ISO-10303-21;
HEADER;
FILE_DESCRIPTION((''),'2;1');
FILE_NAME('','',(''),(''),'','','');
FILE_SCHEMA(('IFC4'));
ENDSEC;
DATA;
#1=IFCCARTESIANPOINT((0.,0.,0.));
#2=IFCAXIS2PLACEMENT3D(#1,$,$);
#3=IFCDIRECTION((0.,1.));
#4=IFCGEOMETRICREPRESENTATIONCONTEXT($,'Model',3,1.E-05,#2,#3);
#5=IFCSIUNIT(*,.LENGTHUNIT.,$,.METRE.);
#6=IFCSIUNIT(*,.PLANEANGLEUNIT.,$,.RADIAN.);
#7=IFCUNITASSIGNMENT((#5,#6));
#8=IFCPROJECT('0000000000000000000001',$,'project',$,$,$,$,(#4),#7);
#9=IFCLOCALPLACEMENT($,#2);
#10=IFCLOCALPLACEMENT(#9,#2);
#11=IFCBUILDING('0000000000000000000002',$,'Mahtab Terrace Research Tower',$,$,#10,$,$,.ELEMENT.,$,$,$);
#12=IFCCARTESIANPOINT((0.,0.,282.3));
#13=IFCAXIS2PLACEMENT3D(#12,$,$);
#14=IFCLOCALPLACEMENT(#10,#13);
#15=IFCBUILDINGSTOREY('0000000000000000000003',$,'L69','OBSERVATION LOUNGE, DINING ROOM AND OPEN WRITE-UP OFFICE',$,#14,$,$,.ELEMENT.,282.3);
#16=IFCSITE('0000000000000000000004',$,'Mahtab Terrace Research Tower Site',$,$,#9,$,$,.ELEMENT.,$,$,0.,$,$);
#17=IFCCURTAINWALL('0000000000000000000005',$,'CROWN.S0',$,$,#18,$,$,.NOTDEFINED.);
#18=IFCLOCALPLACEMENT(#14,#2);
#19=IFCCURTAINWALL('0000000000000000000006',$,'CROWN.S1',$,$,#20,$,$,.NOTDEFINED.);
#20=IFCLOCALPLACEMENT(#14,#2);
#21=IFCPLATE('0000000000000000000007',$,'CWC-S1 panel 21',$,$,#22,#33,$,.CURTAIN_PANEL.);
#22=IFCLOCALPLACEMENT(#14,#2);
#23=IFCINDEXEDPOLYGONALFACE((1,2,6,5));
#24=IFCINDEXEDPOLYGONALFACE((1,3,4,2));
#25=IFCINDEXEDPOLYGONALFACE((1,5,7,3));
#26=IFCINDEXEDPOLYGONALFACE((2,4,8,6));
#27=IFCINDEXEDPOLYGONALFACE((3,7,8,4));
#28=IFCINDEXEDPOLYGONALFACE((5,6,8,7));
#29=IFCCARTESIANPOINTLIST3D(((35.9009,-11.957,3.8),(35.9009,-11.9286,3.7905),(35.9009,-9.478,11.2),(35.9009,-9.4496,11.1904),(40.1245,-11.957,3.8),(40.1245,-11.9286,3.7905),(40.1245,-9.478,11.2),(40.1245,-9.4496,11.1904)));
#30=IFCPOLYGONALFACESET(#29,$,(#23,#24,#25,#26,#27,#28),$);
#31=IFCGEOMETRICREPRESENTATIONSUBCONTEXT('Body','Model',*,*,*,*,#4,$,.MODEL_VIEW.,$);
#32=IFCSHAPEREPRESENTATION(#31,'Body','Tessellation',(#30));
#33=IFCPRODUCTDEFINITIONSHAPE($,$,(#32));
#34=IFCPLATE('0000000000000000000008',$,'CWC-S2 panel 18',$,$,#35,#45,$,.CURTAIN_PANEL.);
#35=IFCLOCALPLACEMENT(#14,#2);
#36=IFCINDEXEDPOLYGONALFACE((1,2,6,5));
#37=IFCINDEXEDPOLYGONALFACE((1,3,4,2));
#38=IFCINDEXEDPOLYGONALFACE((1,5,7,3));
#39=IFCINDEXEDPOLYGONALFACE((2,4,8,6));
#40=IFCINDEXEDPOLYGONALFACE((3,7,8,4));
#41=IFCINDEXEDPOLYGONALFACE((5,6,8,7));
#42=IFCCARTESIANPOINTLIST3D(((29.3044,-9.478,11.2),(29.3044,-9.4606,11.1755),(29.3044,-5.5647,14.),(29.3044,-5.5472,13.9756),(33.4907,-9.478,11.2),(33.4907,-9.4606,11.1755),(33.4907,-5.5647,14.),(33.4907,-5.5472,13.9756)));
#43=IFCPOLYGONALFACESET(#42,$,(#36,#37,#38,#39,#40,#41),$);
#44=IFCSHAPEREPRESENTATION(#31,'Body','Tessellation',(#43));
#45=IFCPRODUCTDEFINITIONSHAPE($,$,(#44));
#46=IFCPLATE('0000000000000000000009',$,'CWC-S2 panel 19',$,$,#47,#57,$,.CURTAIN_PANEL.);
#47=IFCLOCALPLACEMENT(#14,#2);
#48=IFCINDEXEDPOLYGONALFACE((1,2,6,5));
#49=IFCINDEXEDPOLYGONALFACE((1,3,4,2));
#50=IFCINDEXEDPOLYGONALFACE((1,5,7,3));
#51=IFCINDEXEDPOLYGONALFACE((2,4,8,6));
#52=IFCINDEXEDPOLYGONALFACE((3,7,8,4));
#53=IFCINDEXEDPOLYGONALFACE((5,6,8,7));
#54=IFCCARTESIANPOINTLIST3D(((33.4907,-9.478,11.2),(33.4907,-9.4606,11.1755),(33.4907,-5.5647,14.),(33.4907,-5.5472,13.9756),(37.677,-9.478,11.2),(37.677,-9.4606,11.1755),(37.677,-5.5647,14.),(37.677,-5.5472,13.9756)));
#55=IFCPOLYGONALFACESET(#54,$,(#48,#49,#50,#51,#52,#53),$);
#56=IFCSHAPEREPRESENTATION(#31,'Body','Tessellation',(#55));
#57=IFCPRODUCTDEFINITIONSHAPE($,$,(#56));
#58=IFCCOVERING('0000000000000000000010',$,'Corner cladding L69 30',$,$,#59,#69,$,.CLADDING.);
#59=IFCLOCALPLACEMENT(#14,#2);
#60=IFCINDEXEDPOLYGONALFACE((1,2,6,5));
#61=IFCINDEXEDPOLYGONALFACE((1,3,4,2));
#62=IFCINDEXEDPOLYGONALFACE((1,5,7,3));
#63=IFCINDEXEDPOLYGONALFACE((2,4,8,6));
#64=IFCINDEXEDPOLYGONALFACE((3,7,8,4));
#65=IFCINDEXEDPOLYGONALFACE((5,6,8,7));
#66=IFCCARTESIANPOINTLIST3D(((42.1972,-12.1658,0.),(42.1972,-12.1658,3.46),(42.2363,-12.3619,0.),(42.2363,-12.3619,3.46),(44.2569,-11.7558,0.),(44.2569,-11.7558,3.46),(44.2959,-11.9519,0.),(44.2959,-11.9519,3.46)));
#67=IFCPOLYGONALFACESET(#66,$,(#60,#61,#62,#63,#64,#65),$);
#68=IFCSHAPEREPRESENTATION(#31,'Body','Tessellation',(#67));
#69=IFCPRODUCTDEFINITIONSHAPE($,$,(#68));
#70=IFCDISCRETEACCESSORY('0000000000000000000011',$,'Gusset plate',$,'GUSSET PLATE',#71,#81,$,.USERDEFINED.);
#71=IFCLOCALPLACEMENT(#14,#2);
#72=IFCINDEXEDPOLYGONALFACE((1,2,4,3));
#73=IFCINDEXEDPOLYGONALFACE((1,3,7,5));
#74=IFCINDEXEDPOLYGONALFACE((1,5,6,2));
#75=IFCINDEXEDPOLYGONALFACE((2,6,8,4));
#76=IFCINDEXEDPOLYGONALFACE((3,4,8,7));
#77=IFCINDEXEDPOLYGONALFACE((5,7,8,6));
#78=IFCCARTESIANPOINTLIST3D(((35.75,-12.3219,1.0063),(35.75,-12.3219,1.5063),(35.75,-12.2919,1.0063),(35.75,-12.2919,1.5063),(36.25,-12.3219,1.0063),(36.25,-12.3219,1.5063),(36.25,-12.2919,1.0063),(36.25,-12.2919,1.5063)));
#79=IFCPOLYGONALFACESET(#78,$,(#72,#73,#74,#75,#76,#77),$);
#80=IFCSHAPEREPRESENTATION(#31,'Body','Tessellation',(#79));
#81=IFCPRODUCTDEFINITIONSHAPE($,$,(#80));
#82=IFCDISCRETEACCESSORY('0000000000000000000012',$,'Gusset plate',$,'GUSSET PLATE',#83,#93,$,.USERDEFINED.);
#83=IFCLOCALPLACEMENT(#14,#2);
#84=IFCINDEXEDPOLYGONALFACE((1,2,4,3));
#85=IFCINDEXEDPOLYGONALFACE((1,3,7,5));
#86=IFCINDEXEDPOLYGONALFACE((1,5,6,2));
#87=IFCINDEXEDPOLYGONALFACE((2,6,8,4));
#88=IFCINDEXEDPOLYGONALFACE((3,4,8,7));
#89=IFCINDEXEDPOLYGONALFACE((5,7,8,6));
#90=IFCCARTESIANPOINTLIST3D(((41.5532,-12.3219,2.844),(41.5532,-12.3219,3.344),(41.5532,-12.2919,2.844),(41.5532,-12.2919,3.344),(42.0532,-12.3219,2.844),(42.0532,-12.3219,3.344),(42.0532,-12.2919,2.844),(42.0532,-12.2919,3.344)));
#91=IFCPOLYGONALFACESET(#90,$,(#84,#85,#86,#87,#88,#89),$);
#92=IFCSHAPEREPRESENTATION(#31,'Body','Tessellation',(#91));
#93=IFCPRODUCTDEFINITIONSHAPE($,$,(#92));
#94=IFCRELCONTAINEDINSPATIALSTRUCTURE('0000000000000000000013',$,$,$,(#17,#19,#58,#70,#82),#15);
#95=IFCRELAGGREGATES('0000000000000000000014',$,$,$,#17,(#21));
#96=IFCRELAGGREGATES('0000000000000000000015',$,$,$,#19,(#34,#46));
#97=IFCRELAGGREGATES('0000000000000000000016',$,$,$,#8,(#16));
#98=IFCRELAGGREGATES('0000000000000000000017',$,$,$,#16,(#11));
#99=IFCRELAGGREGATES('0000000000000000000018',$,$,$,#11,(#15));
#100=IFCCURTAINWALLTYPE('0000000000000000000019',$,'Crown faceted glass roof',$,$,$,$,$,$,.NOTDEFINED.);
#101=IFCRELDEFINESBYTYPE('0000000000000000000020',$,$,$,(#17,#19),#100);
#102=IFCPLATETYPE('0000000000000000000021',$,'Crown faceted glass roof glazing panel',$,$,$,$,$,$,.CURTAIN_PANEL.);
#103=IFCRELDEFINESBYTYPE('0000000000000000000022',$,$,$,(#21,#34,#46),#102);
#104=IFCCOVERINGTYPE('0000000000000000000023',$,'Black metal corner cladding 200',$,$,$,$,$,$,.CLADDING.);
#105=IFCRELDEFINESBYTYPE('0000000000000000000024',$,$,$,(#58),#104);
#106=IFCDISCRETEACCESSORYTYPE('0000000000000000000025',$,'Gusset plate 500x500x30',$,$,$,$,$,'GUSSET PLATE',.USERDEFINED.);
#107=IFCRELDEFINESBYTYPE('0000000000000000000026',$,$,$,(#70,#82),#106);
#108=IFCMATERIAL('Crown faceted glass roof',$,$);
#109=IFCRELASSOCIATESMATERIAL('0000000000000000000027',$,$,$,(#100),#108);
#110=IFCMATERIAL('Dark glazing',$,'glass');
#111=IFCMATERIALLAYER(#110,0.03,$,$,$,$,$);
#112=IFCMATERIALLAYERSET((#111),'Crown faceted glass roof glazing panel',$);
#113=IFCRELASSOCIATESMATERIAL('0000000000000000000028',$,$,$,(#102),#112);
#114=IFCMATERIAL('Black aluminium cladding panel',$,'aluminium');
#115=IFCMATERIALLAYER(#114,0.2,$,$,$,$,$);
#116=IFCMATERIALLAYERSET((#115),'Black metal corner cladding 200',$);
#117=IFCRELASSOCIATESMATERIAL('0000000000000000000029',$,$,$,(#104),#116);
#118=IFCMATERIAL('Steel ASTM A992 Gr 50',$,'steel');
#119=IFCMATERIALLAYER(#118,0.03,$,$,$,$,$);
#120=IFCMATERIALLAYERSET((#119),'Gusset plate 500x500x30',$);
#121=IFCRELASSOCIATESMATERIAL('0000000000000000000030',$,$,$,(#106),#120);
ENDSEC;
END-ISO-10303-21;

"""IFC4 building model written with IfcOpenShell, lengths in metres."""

from ifc_helpers import new_model, si_unit, direction, frame, origin, origin_2d, place, context, subcontext, project, spatial, polyline, rectangle, outline, extrude, material, layer, layer_set, type_object, element, aggregate, save


model = new_model("IFC4")

# Units and contexts
model_context = context("Model", 3, precision=1e-05, world=origin(), true_north=direction((0.0, 1.0)))
body_context = subcontext(model_context, "Body", "Model", "MODEL_VIEW")
ifc_project = project(units=[si_unit("LENGTHUNIT", "METRE"), si_unit("PLANEANGLEUNIT", "RADIAN")], contexts=[model_context])

# Site, building, storey
site_placement = place(None, origin())
site = spatial("IfcSite", under=ifc_project, at=site_placement, Name="Mahtab Terrace Research Tower Site", CompositionType="ELEMENT", RefElevation=0.0)
building_placement = place(site_placement, origin())
building = spatial("IfcBuilding", under=site, at=building_placement, Name="Mahtab Terrace Research Tower", CompositionType="ELEMENT")
storey_placement = place(building_placement, frame((0.0, 0.0, 282.3)))
storey = spatial("IfcBuildingStorey", under=building, at=storey_placement, Name="L69", Description="OBSERVATION LOUNGE, DINING ROOM AND OPEN WRITE-UP OFFICE", CompositionType="ELEMENT", Elevation=282.3)

# Shared definitions
ifc_material_1 = material(Name="Steel ASTM A992 Gr 50", Category="steel")

# Curtain walls
ifc_material_2 = material(Name="Crown faceted glass roof")
curtain_wall_type = type_object("IfcCurtainWallType", Name="Crown faceted glass roof", PredefinedType="NOTDEFINED", material=ifc_material_2)
curtain_wall_1_placement = place(storey_placement, origin())
curtain_wall_1 = element("IfcCurtainWall", 1, at=curtain_wall_1_placement, inside=storey, type_object=curtain_wall_type, Name="CROWN.S0", PredefinedType="NOTDEFINED")
curtain_wall_2_placement = place(storey_placement, origin())
curtain_wall_2 = element("IfcCurtainWall", 2, at=curtain_wall_2_placement, inside=storey, type_object=curtain_wall_type, Name="CROWN.S1", PredefinedType="NOTDEFINED")

# Plates
ifc_material_3 = material(Name="Dark glazing", Category="glass")
ifc_layer_1 = layer(ifc_material_3, 0.03)
ifc_layer_set_1 = layer_set([ifc_layer_1], Name="Crown faceted glass roof glazing panel")
plate_type = type_object("IfcPlateType", Name="Crown faceted glass roof glazing panel", PredefinedType="CURTAIN_PANEL", material=ifc_layer_set_1)
plate_1_placement = place(storey_placement, frame((40.1245, -11.957, 3.8), z_axis=(0.0, -0.948207, 0.317654), x_axis=(0.0, 0.317654, 0.948207)))
plate_1 = element("IfcPlate", 3, at=plate_1_placement, type_object=plate_type, Name="CWC-S1 panel 21", PredefinedType="CURTAIN_PANEL", context=body_context, shape_type="SweptSolid", body=[
    extrude(outline(polyline([(0.0, 0.0), (7.8041, 0.0), (7.8041, 4.2236), (0.0, 4.2236), (0.0, 0.0)])), origin(), (0.0, 0.0, -1.0), 0.03),
])
aggregate(curtain_wall_1, [plate_1])
plate_2_placement = place(storey_placement, frame((33.4907, -9.478, 11.2), z_axis=(0.0, -0.5819, 0.81326), x_axis=(0.0, 0.81326, 0.5819)))
plate_2 = element("IfcPlate", 4, at=plate_2_placement, type_object=plate_type, Name="CWC-S2 panel 18", PredefinedType="CURTAIN_PANEL", context=body_context, shape_type="SweptSolid", body=[
    extrude(outline(polyline([(0.0, 0.0), (4.8119, 0.0), (4.8119, 4.1863), (0.0, 4.1863), (0.0, 0.0)])), origin(), (0.0, 0.0, -1.0), 0.03),
])
plate_3_placement = place(storey_placement, frame((37.677, -9.478, 11.2), z_axis=(0.0, -0.5819, 0.81326), x_axis=(0.0, 0.81326, 0.5819)))
plate_3 = element("IfcPlate", 5, at=plate_3_placement, type_object=plate_type, Name="CWC-S2 panel 19", PredefinedType="CURTAIN_PANEL", context=body_context, shape_type="SweptSolid", body=[
    extrude(outline(polyline([(0.0, 0.0), (4.8119, 0.0), (4.8119, 4.1863), (0.0, 4.1863), (0.0, 0.0)])), origin(), (0.0, 0.0, -1.0), 0.03),
])
aggregate(curtain_wall_2, [plate_2, plate_3])

# Covering
ifc_material_4 = material(Name="Black aluminium cladding panel", Category="aluminium")
ifc_layer_2 = layer(ifc_material_4, 0.2)
ifc_layer_set_2 = layer_set([ifc_layer_2], Name="Black metal corner cladding 200")
covering_type_1 = type_object("IfcCoveringType", Name="Black metal corner cladding 200", PredefinedType="CLADDING", material=ifc_layer_set_2)
covering_1_placement = place(storey_placement, frame((43.2466, -12.0588, 0.0), z_axis=(0.0, 0.0, 1.0), x_axis=(0.980761, 0.195212, 0.0)))
element("IfcCovering", 6, at=covering_1_placement, inside=storey, type_object=covering_type_1, Name="Corner cladding L69 30", PredefinedType="CLADDING", context=body_context, shape_type="SweptSolid", body=[
    extrude(rectangle(XDim=2.1001, YDim=0.2, at=origin_2d()), origin(), (0.0, 0.0, 1.0), 3.46),
])

# Discrete accessories
ifc_layer_3 = layer(ifc_material_1, 0.03)
ifc_layer_set_3 = layer_set([ifc_layer_3], Name="Gusset plate 500x500x30")
discrete_accessory_type = type_object("IfcDiscreteAccessoryType", Name="Gusset plate 500x500x30", ElementType="GUSSET PLATE", PredefinedType="USERDEFINED", material=ifc_layer_set_3)
for number, where, z_axis, x_axis, name in (
    (7, (36.0, -12.3069, 1.0063), (0.0, 0.0, 1.0), (1.0, 0.0, 0.0), "Gusset plate"),
    (8, (41.8032, -12.3069, 2.844), (0.0, 0.0, 1.0), (1.0, 0.0, 0.0), "Gusset plate"),
):
    element("IfcDiscreteAccessory", number, at=place(storey_placement, frame(where, z_axis=z_axis, x_axis=x_axis)), inside=storey, type_object=discrete_accessory_type, Name=name, ObjectType="GUSSET PLATE", PredefinedType="USERDEFINED", context=body_context, shape_type="SweptSolid", body=[
        extrude(rectangle(XDim=0.5, YDim=0.03, at=origin_2d()), origin(), (0.0, 0.0, 1.0), 0.5),
    ])

save(model, "model.ifc")
